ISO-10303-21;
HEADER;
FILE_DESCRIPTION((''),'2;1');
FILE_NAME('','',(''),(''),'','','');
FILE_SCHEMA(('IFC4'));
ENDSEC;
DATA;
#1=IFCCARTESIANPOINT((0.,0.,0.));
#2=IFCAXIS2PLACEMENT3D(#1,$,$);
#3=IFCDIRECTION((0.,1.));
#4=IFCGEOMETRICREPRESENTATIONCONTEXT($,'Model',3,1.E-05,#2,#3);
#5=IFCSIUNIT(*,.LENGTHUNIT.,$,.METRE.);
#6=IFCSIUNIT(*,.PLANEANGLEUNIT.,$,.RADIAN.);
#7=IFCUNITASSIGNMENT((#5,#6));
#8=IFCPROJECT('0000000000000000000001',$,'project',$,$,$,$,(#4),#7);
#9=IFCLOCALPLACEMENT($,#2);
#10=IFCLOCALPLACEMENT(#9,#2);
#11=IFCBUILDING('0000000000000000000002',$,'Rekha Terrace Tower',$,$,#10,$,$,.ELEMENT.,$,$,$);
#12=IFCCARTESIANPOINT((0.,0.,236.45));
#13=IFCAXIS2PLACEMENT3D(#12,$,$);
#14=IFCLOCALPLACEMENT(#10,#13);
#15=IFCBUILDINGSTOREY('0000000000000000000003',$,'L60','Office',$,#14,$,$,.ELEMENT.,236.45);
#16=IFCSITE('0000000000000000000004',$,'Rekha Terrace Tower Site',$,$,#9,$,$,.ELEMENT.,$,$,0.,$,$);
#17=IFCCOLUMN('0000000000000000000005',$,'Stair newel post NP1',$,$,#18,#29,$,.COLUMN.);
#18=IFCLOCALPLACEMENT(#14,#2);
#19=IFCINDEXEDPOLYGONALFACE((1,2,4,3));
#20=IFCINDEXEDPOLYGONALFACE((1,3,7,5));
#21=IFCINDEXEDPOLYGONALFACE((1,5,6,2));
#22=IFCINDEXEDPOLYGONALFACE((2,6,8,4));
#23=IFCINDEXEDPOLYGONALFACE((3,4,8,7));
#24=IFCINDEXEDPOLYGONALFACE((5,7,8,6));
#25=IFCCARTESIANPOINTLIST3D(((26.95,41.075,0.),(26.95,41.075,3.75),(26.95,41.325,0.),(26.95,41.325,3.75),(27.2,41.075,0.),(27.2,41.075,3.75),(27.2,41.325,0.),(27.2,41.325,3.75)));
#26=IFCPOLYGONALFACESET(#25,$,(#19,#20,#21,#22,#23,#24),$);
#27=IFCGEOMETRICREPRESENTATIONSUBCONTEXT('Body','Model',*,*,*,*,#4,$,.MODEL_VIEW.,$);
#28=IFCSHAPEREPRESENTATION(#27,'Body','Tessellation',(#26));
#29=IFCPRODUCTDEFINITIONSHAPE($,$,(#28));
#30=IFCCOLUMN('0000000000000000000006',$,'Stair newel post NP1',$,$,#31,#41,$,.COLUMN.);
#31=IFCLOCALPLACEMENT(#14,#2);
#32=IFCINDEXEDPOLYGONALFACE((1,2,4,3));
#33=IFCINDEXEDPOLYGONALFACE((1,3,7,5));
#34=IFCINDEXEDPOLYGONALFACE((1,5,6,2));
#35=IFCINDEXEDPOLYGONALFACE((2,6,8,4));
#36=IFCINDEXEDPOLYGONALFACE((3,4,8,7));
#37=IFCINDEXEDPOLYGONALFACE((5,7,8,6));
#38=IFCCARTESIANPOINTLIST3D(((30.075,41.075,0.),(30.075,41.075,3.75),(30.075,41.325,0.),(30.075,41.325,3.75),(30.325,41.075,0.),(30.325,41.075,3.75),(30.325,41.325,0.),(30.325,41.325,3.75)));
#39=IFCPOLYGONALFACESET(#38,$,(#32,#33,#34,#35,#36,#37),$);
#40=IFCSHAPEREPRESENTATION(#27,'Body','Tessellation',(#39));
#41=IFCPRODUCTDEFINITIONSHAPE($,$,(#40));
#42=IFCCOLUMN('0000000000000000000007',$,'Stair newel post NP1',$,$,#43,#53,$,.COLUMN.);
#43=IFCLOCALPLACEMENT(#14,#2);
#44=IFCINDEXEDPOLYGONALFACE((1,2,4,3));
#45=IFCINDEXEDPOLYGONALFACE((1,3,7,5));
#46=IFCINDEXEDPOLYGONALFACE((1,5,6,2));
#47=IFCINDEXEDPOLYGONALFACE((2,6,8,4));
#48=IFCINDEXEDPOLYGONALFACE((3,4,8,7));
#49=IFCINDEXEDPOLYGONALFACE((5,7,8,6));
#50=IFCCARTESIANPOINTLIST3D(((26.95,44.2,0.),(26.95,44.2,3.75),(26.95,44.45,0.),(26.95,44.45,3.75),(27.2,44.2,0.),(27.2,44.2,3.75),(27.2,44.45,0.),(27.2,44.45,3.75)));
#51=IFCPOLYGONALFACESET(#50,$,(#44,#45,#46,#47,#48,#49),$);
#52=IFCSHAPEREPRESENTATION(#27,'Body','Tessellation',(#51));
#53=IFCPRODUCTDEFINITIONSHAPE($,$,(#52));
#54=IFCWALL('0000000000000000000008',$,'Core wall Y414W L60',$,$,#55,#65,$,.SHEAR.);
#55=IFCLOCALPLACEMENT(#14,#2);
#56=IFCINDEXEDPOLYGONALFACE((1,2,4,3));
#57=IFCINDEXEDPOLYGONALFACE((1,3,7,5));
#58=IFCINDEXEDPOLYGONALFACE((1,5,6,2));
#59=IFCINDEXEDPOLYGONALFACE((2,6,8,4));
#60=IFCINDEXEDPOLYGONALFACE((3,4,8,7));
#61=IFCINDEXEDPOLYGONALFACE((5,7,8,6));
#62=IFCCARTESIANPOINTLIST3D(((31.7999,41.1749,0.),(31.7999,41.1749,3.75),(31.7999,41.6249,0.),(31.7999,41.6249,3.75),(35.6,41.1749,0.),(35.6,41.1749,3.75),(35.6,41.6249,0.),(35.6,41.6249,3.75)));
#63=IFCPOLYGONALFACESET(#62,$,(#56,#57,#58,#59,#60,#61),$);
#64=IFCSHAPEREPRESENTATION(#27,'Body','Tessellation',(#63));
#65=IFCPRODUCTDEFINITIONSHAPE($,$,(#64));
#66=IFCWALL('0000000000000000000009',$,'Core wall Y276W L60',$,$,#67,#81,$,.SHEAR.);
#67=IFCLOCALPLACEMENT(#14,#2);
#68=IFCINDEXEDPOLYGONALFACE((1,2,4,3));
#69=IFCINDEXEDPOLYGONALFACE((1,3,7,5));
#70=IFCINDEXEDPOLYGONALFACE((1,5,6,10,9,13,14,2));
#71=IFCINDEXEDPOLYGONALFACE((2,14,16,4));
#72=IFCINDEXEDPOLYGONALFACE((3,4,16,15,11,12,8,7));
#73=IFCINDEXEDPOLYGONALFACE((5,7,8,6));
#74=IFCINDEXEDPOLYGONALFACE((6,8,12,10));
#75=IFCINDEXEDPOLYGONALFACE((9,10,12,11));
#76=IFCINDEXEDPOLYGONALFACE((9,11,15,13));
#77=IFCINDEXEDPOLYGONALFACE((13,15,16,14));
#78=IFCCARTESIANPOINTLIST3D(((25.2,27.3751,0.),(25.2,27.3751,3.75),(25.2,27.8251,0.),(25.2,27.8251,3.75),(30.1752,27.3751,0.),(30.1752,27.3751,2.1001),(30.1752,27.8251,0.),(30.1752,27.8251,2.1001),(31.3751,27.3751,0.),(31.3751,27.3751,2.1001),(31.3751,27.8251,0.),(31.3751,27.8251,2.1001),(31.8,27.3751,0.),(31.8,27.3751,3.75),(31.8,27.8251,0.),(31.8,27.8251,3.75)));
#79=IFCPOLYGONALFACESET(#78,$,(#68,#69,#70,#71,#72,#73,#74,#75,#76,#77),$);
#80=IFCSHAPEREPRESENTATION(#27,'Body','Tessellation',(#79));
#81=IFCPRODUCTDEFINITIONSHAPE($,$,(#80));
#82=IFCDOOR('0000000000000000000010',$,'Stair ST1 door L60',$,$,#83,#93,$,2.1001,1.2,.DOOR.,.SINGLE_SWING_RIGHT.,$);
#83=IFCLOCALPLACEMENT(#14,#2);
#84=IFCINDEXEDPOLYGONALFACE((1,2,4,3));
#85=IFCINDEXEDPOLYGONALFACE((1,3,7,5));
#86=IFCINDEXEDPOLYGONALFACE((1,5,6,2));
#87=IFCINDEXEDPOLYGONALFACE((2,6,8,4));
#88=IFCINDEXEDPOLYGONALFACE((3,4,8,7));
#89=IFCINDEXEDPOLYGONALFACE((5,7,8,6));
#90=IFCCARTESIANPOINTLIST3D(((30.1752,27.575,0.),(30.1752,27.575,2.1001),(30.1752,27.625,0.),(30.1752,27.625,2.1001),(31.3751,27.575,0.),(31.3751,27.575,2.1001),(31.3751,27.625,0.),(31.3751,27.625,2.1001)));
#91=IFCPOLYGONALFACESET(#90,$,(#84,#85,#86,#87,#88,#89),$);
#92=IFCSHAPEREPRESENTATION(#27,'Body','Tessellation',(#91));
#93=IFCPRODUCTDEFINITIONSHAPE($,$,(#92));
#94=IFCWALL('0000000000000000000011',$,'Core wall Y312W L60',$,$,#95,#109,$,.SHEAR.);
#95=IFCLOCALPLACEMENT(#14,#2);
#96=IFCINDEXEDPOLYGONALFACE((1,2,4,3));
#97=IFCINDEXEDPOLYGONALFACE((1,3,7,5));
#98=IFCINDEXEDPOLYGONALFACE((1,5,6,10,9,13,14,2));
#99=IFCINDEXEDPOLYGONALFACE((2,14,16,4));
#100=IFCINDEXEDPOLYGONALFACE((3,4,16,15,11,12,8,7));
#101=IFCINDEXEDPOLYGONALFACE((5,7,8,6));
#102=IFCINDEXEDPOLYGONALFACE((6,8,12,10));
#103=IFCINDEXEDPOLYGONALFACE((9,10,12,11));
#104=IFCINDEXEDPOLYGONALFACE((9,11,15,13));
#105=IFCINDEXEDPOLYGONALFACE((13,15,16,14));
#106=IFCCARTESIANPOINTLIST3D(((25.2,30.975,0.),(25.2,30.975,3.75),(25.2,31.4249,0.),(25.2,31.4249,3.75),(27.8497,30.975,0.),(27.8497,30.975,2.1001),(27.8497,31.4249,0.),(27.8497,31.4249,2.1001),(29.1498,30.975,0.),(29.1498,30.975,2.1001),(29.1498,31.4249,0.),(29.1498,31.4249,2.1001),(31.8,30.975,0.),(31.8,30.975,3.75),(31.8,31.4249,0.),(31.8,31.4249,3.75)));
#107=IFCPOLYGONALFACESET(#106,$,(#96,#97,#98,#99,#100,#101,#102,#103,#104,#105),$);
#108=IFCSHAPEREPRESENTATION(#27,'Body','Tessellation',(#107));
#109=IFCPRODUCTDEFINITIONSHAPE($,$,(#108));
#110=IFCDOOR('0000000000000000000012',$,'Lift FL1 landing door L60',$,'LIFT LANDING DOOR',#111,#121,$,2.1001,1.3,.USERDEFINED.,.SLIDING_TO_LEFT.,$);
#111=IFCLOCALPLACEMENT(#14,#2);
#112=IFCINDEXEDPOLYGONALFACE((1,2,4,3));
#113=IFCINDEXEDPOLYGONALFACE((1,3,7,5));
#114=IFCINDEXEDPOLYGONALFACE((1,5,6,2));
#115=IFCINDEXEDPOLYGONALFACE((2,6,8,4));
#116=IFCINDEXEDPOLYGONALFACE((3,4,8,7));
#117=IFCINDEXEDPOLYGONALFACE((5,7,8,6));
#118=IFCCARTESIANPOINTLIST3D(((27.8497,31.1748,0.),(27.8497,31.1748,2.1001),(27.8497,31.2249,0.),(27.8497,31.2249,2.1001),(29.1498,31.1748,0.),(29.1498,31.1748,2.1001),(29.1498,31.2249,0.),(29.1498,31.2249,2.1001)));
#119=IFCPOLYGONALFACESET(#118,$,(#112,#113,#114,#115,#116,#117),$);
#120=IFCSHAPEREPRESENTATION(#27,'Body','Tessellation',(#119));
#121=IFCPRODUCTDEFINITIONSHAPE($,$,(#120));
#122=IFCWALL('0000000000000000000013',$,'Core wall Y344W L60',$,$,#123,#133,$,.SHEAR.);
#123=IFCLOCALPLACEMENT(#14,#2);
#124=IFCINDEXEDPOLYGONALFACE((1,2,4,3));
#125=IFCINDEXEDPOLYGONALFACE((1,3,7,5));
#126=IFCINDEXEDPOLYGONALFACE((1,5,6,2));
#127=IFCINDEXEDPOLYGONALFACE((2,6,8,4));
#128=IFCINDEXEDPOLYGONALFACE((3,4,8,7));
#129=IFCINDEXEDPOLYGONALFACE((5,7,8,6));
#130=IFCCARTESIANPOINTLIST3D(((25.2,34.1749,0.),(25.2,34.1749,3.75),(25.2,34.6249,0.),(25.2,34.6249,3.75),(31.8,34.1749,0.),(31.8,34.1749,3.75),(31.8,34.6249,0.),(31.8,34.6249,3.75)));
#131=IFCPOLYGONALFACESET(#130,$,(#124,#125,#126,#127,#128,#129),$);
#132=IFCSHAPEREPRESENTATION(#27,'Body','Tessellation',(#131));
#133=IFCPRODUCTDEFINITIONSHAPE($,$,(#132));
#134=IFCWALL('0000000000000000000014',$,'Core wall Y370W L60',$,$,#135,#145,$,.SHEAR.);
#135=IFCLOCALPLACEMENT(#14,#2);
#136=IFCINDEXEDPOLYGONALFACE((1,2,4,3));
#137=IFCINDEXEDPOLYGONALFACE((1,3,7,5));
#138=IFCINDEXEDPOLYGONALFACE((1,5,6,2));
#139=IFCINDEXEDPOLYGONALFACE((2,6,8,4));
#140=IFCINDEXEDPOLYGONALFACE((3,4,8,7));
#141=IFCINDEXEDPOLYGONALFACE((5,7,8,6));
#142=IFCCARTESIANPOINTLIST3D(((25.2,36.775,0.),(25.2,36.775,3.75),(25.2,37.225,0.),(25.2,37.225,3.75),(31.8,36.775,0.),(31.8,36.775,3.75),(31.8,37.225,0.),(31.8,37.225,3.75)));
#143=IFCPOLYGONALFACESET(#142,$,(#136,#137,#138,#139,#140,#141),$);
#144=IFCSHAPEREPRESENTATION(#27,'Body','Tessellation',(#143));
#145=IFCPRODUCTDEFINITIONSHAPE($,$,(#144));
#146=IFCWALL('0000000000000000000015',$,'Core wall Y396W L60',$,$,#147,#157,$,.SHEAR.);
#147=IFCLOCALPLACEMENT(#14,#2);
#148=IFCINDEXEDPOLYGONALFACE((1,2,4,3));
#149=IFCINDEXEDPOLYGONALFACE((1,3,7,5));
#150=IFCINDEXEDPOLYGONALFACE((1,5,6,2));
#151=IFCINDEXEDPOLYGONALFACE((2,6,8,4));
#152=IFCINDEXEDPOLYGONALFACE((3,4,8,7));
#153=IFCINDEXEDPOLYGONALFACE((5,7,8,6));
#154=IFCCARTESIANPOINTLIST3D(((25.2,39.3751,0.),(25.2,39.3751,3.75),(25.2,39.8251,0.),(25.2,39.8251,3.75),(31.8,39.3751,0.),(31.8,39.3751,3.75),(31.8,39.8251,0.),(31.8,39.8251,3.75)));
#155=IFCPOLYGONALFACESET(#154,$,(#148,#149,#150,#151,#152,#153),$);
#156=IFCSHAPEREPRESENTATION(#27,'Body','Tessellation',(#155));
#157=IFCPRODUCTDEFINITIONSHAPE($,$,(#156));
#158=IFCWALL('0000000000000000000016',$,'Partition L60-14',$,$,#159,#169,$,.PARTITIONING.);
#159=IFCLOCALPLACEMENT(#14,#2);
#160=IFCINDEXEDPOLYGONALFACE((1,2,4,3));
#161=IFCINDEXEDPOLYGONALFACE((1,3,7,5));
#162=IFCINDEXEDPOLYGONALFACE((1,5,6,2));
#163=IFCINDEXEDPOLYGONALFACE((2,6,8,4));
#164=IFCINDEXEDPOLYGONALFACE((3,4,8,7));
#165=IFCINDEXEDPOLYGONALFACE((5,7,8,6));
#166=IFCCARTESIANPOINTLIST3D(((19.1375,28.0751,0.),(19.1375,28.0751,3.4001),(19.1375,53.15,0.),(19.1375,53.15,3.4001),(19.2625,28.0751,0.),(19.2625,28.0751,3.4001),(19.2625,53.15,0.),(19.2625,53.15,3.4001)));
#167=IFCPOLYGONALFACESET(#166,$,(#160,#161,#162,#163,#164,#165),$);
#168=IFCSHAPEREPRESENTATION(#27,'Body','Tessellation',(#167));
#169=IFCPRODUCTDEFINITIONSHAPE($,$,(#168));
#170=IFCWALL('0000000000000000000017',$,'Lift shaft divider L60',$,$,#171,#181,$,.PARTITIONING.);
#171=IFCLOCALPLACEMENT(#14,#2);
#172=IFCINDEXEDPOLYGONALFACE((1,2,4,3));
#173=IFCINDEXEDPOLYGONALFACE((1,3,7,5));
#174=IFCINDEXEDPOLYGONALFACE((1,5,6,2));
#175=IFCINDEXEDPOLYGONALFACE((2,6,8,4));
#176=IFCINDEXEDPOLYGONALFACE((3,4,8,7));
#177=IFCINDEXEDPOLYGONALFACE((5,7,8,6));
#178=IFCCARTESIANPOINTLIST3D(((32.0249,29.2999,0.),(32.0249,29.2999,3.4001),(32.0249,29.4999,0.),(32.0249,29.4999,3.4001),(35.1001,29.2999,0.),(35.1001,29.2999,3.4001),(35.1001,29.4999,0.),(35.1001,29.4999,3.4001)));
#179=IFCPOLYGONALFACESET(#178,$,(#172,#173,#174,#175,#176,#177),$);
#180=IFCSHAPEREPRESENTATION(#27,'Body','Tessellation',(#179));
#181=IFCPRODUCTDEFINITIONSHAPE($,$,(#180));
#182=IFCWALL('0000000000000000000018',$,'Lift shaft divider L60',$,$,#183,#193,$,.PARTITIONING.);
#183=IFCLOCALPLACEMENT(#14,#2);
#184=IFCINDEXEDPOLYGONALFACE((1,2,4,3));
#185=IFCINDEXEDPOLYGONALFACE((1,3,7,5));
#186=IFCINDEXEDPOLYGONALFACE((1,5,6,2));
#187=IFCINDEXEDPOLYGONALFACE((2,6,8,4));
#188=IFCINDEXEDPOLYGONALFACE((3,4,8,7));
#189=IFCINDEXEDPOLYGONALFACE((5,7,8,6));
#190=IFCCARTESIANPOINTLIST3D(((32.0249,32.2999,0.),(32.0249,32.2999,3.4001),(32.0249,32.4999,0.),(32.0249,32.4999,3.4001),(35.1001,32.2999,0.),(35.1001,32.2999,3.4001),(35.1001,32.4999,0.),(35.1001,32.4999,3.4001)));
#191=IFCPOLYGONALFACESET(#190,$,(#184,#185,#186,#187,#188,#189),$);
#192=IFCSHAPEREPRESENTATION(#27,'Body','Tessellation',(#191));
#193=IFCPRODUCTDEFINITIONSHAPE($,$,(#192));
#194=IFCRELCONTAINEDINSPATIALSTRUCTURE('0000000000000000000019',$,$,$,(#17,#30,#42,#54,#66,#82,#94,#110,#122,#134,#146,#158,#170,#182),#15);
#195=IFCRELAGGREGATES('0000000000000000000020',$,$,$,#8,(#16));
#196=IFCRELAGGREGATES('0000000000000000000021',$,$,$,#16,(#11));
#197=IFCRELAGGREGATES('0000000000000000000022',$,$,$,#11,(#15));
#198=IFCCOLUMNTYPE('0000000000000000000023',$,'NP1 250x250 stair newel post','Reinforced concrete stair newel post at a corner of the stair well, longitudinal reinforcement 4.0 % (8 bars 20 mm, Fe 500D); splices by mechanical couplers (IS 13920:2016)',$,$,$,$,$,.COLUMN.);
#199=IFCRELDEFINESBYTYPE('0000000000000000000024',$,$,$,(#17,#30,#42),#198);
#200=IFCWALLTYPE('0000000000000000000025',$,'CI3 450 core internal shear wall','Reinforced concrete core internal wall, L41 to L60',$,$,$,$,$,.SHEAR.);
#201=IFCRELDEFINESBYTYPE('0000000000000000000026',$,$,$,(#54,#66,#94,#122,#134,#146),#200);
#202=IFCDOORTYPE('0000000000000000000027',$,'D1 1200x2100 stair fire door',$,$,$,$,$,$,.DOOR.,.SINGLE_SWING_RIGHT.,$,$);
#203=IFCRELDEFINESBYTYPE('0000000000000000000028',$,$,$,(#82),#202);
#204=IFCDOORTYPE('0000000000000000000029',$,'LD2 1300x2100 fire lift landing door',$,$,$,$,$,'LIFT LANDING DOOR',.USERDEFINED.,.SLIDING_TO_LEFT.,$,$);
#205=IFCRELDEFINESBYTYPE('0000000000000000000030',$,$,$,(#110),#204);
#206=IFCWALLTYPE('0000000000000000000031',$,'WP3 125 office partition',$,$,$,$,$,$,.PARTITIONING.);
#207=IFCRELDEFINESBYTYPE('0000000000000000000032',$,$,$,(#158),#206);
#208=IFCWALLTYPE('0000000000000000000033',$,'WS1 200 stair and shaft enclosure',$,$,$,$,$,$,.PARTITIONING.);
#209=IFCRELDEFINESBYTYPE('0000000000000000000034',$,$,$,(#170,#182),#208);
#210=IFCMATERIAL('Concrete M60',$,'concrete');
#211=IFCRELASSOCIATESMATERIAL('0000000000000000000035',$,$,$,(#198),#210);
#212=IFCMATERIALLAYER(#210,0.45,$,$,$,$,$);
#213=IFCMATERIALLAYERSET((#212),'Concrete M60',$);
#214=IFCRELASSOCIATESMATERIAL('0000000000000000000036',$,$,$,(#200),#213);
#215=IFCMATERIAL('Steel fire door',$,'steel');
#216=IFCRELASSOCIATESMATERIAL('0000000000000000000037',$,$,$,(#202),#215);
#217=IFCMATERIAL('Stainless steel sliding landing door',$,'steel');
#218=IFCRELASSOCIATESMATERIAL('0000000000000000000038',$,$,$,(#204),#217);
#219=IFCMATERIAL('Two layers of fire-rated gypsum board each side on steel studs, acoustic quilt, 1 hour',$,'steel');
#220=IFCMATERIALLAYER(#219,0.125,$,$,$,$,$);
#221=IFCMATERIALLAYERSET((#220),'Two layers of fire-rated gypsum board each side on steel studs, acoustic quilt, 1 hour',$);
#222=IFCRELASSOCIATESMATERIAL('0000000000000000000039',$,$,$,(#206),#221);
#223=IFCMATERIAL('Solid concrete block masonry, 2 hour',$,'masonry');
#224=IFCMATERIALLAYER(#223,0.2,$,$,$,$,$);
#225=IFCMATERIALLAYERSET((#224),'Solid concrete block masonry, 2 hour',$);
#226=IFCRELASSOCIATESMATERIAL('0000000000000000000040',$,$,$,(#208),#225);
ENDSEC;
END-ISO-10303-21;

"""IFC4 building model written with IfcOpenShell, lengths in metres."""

from ifc_helpers import new_model, si_unit, direction, frame, frame_2d, origin, origin_2d, place, context, subcontext, project, spatial, rectangle, extrude, material, layer, layer_set, material_profile, profile_set, type_object, element, fill, save


model = new_model("IFC4")

# Units and contexts
model_context = context("Model", 3, precision=1e-05, world=origin(), true_north=direction((0.0, 1.0)))
body_context = subcontext(model_context, "Body", "Model", "MODEL_VIEW")
ifc_project = project(units=[si_unit("LENGTHUNIT", "METRE"), si_unit("PLANEANGLEUNIT", "RADIAN")], contexts=[model_context])

# Site, building, storey
site_placement = place(None, origin())
site = spatial("IfcSite", under=ifc_project, at=site_placement, Name="Rekha Terrace Tower Site", CompositionType="ELEMENT", RefElevation=0.0)
building_placement = place(site_placement, origin())
building = spatial("IfcBuilding", under=site, at=building_placement, Name="Rekha Terrace Tower", CompositionType="ELEMENT")
storey_placement = place(building_placement, frame((0.0, 0.0, 236.45)))
storey = spatial("IfcBuildingStorey", under=building, at=storey_placement, Name="L60", Description="Office", CompositionType="ELEMENT", Elevation=236.45)

# Columns
ifc_material_1 = material(Name="Concrete M60", Category="concrete")
ifc_material_profile = material_profile(ifc_material_1, rectangle(XDim=0.25, YDim=0.25, at=origin_2d()), Name="RC 250x250")
ifc_profile_set = profile_set([ifc_material_profile], Name="Concrete M60")
column_type = type_object("IfcColumnType", Name="NP1 250x250 stair newel post", Description="Reinforced concrete stair newel post at a corner of the stair well, longitudinal reinforcement 4.0 % (8 bars 20 mm, Fe 500D); splices by mechanical couplers (IS 13920:2016)", PredefinedType="COLUMN", material=ifc_profile_set)
for number, where, z_axis, x_axis, name in (
    (1, (27.075, 41.2, 0.0), (0.0, 0.0, 1.0), (1.0, 0.0, 0.0), "Stair newel post NP1"),
    (2, (30.2, 41.2, 0.0), (0.0, 0.0, 1.0), (1.0, 0.0, 0.0), "Stair newel post NP1"),
    (3, (27.075, 44.325, 0.0), (0.0, 0.0, 1.0), (1.0, 0.0, 0.0), "Stair newel post NP1"),
):
    element("IfcColumn", number, at=place(storey_placement, frame(where, z_axis=z_axis, x_axis=x_axis)), inside=storey, type_object=column_type, Name=name, PredefinedType="COLUMN", context=body_context, shape_type="SweptSolid", body=[
        extrude(rectangle(XDim=0.25, YDim=0.25, at=origin_2d()), origin(), (0.0, 0.0, 1.0), 3.75),
    ])

# Wall
ifc_layer_1 = layer(ifc_material_1, 0.45)
ifc_layer_set_1 = layer_set([ifc_layer_1], Name="Concrete M60")
wall_type_1 = type_object("IfcWallType", Name="CI3 450 core internal shear wall", Description="Reinforced concrete core internal wall, L41 to L60", PredefinedType="SHEAR", material=ifc_layer_set_1)
wall_1_placement = place(storey_placement, frame((31.8, 41.3999, 0.0), z_axis=(0.0, 0.0, 1.0), x_axis=(1.0, 0.0, 0.0)))
element("IfcWall", 4, at=wall_1_placement, inside=storey, type_object=wall_type_1, Name="Core wall Y414W L60", PredefinedType="SHEAR", context=body_context, shape_type="SweptSolid", body=[
    extrude(rectangle(XDim=3.8, YDim=0.45, at=frame_2d((1.8999, 0.0))), origin(), (0.0, 0.0, 1.0), 3.75),
])

# Walls, openings, doors
wall_2_placement = place(storey_placement, frame((25.2, 27.6001, 0.0), z_axis=(0.0, 0.0, 1.0), x_axis=(1.0, 0.0, 0.0)))
wall_2 = element("IfcWall", 5, at=wall_2_placement, inside=storey, type_object=wall_type_1, Name="Core wall Y276W L60", PredefinedType="SHEAR", context=body_context, shape_type="SweptSolid", body=[
    extrude(rectangle(XDim=6.6001, YDim=0.45, at=frame_2d((3.3, 0.0))), origin(), (0.0, 0.0, 1.0), 3.75),
])
opening_1_placement = place(wall_2_placement, frame((4.9751, 0.0, 0.0)))
opening_1 = element("IfcOpeningElement", 6, at=opening_1_placement, cuts=wall_2, PredefinedType="OPENING", context=body_context, shape_type="SweptSolid", body=[
    extrude(rectangle(XDim=1.2, YDim=2.1001, at=frame_2d((0.6001, 1.05))), frame((0.0, 0.2349, 0.0), z_axis=(0.0, -1.0, 0.0), x_axis=(1.0, 0.0, 0.0)), (0.0, 0.0, 1.0), 0.47),
])
ifc_material_2 = material(Name="Steel fire door", Category="steel")
door_type_1 = type_object("IfcDoorType", Name="D1 1200x2100 stair fire door", OperationType="SINGLE_SWING_RIGHT", PredefinedType="DOOR", material=ifc_material_2)
door_1_placement = place(opening_1_placement, origin())
door_1 = element("IfcDoor", 7, at=door_1_placement, inside=storey, type_object=door_type_1, Name="Stair ST1 door L60", OperationType="SINGLE_SWING_RIGHT", OverallHeight=2.1001, OverallWidth=1.2, PredefinedType="DOOR", context=body_context, shape_type="SweptSolid", body=[
    extrude(rectangle(XDim=1.2, YDim=2.1001, at=frame_2d((0.6001, 1.05))), frame((0.0, 0.0249, 0.0), z_axis=(0.0, -1.0, 0.0), x_axis=(1.0, 0.0, 0.0)), (0.0, 0.0, 1.0), 0.05),
])
fill(opening_1, door_1)
wall_3_placement = place(storey_placement, frame((25.2, 31.2, 0.0), z_axis=(0.0, 0.0, 1.0), x_axis=(1.0, 0.0, 0.0)))
wall_3 = element("IfcWall", 8, at=wall_3_placement, inside=storey, type_object=wall_type_1, Name="Core wall Y312W L60", PredefinedType="SHEAR", context=body_context, shape_type="SweptSolid", body=[
    extrude(rectangle(XDim=6.6001, YDim=0.45, at=frame_2d((3.3, 0.0))), origin(), (0.0, 0.0, 1.0), 3.75),
])
opening_2_placement = place(wall_3_placement, frame((2.6499, 0.0, 0.0)))
opening_2 = element("IfcOpeningElement", 9, at=opening_2_placement, cuts=wall_3, PredefinedType="OPENING", context=body_context, shape_type="SweptSolid", body=[
    extrude(rectangle(XDim=1.3, YDim=2.1001, at=frame_2d((0.6499, 1.05))), frame((0.0, 0.2349, 0.0), z_axis=(0.0, -1.0, 0.0), x_axis=(1.0, 0.0, 0.0)), (0.0, 0.0, 1.0), 0.47),
])
ifc_material_3 = material(Name="Stainless steel sliding landing door", Category="steel")
door_type_2 = type_object("IfcDoorType", Name="LD2 1300x2100 fire lift landing door", ElementType="LIFT LANDING DOOR", OperationType="SLIDING_TO_LEFT", PredefinedType="USERDEFINED", material=ifc_material_3)
door_2_placement = place(opening_2_placement, origin())
door_2 = element("IfcDoor", 10, at=door_2_placement, inside=storey, type_object=door_type_2, Name="Lift FL1 landing door L60", ObjectType="LIFT LANDING DOOR", OperationType="SLIDING_TO_LEFT", OverallHeight=2.1001, OverallWidth=1.3, PredefinedType="USERDEFINED", context=body_context, shape_type="SweptSolid", body=[
    extrude(rectangle(XDim=1.3, YDim=2.1001, at=frame_2d((0.6499, 1.05))), frame((0.0, 0.0249, 0.0), z_axis=(0.0, -1.0, 0.0), x_axis=(1.0, 0.0, 0.0)), (0.0, 0.0, 1.0), 0.05),
])
fill(opening_2, door_2)

# Walls
for number, where, z_axis, x_axis, name in (
    (11, (25.2, 34.3999, 0.0), (0.0, 0.0, 1.0), (1.0, 0.0, 0.0), "Core wall Y344W L60"),
    (12, (25.2, 37.0, 0.0), (0.0, 0.0, 1.0), (1.0, 0.0, 0.0), "Core wall Y370W L60"),
    (13, (25.2, 39.6001, 0.0), (0.0, 0.0, 1.0), (1.0, 0.0, 0.0), "Core wall Y396W L60"),
):
    element("IfcWall", number, at=place(storey_placement, frame(where, z_axis=z_axis, x_axis=x_axis)), inside=storey, type_object=wall_type_1, Name=name, PredefinedType="SHEAR", context=body_context, shape_type="SweptSolid", body=[
        extrude(rectangle(XDim=6.6001, YDim=0.45, at=frame_2d((3.3, 0.0))), origin(), (0.0, 0.0, 1.0), 3.75),
    ])
ifc_material_4 = material(Name="Two layers of fire-rated gypsum board each side on steel studs, acoustic quilt, 1 hour", Category="steel")
ifc_layer_2 = layer(ifc_material_4, 0.125)
ifc_layer_set_2 = layer_set([ifc_layer_2], Name="Two layers of fire-rated gypsum board each side on steel studs, acoustic quilt, 1 hour")
wall_type_2 = type_object("IfcWallType", Name="WP3 125 office partition", PredefinedType="PARTITIONING", material=ifc_layer_set_2)
wall_4_placement = place(storey_placement, frame((19.2, 28.075, 0.0), z_axis=(0.0, 0.0, 1.0), x_axis=(0.0, 1.0, 0.0)))
element("IfcWall", 14, at=wall_4_placement, inside=storey, type_object=wall_type_2, Name="Partition L60-14", PredefinedType="PARTITIONING", context=body_context, shape_type="SweptSolid", body=[
    extrude(rectangle(XDim=25.075, YDim=0.125, at=frame_2d((12.5376, 0.0))), origin(), (0.0, 0.0, 1.0), 3.4001),
])
ifc_material_5 = material(Name="Solid concrete block masonry, 2 hour", Category="masonry")
ifc_layer_3 = layer(ifc_material_5, 0.2)
ifc_layer_set_3 = layer_set([ifc_layer_3], Name="Solid concrete block masonry, 2 hour")
wall_type_3 = type_object("IfcWallType", Name="WS1 200 stair and shaft enclosure", PredefinedType="PARTITIONING", material=ifc_layer_set_3)
for number, where, z_axis, x_axis, name in (
    (15, (32.0249, 29.3999, 0.0), (0.0, 0.0, 1.0), (1.0, 0.0, 0.0), "Lift shaft divider L60"),
    (16, (32.0249, 32.3999, 0.0), (0.0, 0.0, 1.0), (1.0, 0.0, 0.0), "Lift shaft divider L60"),
):
    element("IfcWall", number, at=place(storey_placement, frame(where, z_axis=z_axis, x_axis=x_axis)), inside=storey, type_object=wall_type_3, Name=name, PredefinedType="PARTITIONING", context=body_context, shape_type="SweptSolid", body=[
        extrude(rectangle(XDim=3.0752, YDim=0.2, at=frame_2d((1.5376, 0.0))), origin(), (0.0, 0.0, 1.0), 3.4001),
    ])

save(model, "model.ifc")
